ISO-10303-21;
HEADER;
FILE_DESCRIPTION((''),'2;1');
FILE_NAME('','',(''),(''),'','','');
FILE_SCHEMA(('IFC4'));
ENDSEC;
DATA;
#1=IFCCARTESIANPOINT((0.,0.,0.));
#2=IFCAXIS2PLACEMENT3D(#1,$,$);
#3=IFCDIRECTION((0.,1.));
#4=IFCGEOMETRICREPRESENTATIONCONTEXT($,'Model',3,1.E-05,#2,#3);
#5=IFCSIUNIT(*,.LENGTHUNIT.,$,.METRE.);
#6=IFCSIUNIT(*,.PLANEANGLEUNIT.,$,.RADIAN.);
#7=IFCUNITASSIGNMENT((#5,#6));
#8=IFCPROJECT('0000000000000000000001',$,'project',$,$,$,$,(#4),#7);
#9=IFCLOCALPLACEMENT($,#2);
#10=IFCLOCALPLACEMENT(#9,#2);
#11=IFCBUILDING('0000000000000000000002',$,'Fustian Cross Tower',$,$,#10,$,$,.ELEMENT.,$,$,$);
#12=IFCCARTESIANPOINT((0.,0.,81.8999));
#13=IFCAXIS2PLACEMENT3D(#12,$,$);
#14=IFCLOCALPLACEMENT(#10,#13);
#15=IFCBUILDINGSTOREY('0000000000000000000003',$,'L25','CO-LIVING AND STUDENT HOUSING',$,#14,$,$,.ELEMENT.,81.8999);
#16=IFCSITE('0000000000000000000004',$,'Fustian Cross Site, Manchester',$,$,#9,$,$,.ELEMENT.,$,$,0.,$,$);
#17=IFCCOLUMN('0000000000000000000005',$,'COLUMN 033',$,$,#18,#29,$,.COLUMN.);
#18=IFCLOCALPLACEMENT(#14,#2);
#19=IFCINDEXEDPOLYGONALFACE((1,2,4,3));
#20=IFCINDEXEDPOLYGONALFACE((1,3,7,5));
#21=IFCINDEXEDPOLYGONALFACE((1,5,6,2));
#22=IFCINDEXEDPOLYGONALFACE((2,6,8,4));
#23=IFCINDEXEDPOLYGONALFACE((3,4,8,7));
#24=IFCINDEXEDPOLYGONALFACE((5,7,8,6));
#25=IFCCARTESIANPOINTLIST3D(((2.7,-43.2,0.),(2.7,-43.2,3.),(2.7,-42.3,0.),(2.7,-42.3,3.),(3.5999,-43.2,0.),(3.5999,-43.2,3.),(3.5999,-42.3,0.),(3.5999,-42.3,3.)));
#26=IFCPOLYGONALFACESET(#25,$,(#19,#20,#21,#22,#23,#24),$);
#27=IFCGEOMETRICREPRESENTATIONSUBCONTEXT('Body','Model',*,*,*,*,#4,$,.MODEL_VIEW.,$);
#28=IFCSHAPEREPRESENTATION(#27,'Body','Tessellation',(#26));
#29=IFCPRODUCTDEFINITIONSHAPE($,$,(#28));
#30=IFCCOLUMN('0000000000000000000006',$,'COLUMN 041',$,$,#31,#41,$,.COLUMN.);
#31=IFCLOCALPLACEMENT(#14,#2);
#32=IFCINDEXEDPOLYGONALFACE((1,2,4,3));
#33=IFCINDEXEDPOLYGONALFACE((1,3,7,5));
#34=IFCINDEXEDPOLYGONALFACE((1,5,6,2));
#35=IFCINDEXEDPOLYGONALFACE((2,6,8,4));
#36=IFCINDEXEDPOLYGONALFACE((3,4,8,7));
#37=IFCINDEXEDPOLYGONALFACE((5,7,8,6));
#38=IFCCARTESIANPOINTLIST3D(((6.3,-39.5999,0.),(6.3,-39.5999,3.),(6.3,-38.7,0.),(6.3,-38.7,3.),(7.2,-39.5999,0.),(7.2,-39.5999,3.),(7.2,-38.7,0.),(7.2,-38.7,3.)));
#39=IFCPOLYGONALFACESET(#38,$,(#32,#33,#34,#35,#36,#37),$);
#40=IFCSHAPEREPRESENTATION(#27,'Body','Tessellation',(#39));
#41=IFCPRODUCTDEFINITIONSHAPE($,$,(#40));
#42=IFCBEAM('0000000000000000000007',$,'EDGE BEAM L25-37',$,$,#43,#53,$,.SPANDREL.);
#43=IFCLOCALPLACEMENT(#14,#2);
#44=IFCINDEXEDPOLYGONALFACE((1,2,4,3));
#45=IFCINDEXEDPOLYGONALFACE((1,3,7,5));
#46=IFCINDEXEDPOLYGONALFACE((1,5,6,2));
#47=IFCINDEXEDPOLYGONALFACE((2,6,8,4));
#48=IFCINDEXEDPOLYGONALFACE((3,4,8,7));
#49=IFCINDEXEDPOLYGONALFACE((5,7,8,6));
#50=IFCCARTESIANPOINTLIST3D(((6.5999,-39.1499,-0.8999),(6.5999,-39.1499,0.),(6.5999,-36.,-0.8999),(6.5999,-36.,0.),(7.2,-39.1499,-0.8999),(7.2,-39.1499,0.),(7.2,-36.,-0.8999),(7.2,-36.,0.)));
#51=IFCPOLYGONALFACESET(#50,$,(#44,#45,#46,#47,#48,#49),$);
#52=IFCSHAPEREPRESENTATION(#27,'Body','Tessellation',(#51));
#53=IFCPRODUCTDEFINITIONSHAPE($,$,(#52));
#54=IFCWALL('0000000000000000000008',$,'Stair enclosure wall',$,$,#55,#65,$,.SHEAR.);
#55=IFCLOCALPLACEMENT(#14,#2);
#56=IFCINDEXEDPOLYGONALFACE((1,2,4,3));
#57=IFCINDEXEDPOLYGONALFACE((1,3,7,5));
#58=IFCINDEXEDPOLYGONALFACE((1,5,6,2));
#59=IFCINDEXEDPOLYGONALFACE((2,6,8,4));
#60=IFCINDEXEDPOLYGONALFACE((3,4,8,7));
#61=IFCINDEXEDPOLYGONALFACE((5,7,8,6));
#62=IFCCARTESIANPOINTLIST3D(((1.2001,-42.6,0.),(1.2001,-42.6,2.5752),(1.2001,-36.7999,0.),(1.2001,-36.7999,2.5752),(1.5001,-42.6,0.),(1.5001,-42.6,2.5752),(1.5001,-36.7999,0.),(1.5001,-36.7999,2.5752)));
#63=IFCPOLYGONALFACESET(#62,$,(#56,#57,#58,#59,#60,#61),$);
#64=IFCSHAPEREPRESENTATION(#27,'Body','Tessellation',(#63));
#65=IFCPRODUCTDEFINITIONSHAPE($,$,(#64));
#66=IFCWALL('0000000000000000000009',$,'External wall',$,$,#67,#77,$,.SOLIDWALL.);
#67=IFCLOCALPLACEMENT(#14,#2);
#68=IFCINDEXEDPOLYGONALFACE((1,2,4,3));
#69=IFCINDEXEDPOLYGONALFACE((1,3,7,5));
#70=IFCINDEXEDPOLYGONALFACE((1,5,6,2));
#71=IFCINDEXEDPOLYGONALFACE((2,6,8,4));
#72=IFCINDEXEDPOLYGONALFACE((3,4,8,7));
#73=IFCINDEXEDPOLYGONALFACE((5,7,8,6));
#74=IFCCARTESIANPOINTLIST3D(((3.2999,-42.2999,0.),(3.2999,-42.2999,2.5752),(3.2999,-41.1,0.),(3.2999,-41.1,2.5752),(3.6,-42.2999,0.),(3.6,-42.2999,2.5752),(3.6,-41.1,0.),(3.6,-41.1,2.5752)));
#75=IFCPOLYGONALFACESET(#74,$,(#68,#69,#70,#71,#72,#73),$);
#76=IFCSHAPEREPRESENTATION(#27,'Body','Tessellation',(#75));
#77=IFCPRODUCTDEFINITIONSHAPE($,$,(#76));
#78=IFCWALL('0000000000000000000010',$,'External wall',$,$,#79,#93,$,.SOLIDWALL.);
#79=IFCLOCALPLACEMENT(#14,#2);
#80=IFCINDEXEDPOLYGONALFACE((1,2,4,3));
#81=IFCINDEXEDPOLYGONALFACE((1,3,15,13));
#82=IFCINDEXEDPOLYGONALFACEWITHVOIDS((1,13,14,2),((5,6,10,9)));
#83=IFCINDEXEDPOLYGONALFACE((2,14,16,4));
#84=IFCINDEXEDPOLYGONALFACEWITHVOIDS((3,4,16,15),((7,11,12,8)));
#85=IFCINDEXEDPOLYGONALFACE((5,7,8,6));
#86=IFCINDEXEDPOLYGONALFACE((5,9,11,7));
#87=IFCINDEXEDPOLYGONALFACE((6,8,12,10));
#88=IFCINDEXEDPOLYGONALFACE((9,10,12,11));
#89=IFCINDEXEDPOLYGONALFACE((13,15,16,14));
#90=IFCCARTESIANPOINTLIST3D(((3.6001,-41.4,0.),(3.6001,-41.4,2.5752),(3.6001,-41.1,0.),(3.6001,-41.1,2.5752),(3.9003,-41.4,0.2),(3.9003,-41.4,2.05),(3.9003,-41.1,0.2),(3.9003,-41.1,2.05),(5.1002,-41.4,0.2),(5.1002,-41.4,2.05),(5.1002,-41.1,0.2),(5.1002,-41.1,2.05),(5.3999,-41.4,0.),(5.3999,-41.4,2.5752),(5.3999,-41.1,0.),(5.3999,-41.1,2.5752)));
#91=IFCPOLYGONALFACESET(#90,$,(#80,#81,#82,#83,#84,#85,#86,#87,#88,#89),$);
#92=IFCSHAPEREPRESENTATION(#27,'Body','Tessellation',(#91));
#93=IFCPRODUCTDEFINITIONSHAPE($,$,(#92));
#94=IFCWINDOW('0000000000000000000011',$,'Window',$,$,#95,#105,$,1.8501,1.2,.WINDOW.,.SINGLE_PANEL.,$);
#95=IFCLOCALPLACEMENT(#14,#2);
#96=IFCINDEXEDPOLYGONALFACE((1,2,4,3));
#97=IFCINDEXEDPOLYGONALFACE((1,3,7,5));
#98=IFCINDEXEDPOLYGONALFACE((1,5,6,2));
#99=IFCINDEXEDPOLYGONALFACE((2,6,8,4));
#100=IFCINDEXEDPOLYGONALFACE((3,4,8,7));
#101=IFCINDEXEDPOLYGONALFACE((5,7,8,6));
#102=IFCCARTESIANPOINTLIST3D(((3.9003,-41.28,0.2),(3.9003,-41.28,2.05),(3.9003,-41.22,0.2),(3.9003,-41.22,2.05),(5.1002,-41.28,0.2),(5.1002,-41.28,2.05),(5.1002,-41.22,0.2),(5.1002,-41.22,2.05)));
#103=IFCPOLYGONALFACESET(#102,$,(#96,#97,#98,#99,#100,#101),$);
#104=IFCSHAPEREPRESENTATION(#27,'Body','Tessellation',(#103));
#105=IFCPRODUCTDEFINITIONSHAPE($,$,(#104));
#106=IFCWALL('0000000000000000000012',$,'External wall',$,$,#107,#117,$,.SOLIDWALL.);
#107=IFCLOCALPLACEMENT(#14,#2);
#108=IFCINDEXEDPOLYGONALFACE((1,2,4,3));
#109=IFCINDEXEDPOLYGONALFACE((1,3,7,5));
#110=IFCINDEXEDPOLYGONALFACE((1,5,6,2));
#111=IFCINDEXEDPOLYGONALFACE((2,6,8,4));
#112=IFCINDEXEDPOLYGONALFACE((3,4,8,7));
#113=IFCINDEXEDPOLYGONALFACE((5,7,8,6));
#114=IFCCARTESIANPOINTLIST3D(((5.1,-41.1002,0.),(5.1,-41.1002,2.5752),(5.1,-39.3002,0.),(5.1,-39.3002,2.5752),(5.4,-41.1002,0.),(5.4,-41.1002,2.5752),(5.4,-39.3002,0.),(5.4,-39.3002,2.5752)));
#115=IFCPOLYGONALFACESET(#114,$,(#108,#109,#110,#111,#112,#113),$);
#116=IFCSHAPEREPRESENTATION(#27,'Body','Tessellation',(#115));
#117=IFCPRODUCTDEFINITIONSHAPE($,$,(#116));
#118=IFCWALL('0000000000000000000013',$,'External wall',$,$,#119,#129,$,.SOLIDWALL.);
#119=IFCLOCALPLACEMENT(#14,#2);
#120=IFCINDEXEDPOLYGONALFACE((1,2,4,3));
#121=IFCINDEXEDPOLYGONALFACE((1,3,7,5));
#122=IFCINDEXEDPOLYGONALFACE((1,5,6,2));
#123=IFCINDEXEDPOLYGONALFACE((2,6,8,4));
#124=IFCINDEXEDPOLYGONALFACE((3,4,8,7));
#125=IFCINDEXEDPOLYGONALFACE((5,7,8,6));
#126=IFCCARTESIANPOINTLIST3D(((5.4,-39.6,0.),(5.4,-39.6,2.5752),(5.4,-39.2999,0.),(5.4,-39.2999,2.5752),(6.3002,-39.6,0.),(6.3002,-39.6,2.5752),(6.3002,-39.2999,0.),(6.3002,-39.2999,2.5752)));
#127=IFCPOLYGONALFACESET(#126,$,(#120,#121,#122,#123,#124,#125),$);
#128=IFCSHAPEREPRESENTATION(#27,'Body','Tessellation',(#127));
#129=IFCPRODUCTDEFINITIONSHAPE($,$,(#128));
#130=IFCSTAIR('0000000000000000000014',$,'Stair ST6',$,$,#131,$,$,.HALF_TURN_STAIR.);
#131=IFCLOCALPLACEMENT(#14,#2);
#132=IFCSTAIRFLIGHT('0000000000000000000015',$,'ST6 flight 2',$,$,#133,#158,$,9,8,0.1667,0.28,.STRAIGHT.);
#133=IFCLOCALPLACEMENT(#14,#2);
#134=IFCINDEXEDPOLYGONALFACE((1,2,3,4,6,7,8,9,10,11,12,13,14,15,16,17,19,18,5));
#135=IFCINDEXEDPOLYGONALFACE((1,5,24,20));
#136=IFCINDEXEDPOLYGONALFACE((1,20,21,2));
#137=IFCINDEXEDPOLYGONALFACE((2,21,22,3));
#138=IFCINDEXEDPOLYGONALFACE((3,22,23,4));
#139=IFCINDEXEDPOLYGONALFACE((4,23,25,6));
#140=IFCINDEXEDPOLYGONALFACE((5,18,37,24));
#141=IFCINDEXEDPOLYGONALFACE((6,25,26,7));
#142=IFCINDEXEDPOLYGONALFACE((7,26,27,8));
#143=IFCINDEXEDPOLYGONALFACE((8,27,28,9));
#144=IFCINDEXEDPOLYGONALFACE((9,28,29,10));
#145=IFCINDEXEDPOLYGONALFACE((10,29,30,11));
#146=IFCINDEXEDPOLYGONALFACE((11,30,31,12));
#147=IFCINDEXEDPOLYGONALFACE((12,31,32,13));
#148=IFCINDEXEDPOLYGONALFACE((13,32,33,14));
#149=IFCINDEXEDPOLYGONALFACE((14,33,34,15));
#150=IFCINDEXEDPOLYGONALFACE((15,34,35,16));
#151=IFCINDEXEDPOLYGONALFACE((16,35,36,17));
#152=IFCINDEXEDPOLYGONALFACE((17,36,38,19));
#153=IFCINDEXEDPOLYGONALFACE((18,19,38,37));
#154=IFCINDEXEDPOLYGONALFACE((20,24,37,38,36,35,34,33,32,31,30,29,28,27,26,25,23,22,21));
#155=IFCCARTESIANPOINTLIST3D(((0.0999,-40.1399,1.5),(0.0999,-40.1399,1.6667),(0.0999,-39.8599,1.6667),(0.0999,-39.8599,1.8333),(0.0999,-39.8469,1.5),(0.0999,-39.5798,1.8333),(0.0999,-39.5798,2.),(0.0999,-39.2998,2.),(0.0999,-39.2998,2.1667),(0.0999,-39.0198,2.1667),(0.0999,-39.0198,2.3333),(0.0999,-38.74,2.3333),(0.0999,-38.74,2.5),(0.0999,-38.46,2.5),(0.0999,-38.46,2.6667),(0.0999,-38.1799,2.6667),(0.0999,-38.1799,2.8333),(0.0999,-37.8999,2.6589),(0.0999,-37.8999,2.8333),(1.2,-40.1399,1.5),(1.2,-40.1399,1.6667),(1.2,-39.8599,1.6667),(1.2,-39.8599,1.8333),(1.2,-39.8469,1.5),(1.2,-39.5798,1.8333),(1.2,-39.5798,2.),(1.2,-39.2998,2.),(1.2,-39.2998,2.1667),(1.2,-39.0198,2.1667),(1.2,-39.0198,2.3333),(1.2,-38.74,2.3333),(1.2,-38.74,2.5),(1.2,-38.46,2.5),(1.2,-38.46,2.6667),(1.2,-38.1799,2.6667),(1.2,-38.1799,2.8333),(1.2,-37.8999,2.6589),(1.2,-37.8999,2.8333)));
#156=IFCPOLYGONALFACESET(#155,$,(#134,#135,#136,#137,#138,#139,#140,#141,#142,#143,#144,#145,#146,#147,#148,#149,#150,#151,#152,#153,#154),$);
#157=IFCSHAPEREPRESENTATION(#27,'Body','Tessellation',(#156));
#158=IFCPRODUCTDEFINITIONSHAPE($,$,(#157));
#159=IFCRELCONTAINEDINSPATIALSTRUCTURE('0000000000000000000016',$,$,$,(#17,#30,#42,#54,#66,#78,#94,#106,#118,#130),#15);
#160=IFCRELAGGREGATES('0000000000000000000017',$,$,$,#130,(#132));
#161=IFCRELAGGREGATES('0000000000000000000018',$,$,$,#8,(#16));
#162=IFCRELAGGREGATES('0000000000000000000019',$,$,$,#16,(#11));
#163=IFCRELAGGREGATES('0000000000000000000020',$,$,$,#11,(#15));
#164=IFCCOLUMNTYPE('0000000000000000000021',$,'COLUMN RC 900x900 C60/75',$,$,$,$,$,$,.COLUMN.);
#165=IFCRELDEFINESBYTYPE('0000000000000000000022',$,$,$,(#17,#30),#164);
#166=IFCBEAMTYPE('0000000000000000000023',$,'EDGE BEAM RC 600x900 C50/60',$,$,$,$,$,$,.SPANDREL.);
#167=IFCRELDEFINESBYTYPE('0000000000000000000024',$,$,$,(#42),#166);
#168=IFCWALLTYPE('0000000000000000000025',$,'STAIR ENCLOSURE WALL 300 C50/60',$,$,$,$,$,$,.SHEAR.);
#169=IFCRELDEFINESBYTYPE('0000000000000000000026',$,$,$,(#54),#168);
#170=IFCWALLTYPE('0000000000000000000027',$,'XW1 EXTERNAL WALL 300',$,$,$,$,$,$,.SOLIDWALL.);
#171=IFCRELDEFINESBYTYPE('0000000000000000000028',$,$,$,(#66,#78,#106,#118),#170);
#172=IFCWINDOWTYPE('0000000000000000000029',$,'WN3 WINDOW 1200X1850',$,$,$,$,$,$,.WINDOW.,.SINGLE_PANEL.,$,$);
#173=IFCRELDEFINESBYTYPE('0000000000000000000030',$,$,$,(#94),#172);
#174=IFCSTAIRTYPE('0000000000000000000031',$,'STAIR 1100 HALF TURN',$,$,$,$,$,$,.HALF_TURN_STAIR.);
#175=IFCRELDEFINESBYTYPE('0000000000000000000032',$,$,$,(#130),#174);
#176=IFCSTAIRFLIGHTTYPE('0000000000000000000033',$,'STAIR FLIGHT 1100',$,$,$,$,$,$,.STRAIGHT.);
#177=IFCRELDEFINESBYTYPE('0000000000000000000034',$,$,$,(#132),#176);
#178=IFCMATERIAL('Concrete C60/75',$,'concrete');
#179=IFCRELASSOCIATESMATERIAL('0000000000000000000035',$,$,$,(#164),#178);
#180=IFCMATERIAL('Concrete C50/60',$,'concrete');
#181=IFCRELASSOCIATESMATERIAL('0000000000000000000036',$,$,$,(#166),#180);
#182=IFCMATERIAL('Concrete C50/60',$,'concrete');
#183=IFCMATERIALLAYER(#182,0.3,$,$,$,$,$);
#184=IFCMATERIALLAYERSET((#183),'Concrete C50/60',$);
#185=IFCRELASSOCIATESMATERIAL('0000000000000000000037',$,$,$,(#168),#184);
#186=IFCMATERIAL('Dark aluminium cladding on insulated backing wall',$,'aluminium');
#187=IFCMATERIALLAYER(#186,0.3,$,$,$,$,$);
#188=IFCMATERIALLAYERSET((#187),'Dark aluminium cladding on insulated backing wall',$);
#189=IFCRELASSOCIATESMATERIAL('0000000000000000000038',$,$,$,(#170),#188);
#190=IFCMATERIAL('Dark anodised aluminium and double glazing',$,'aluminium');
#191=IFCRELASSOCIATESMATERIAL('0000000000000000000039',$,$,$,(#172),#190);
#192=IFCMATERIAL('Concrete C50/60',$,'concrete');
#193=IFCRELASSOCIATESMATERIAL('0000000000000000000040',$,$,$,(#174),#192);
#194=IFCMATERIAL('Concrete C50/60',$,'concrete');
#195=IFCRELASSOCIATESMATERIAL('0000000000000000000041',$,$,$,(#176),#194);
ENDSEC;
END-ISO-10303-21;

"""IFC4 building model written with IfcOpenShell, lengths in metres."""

from ifc_helpers import new_model, si_unit, direction, frame, frame_2d, origin, origin_2d, place, context, subcontext, project, spatial, polyline, rectangle, outline, extrude, material, layer, layer_set, material_profile, profile_set, type_object, element, fill, aggregate, save


model = new_model("IFC4")

# Units and contexts
model_context = context("Model", 3, precision=1e-05, world=origin(), true_north=direction((0.0, 1.0)))
body_context = subcontext(model_context, "Body", "Model", "MODEL_VIEW")
ifc_project = project(units=[si_unit("LENGTHUNIT", "METRE"), si_unit("PLANEANGLEUNIT", "RADIAN")], contexts=[model_context])

# Site, building, storey
site_placement = place(None, origin())
site = spatial("IfcSite", under=ifc_project, at=site_placement, Name="Fustian Cross Site, Manchester", CompositionType="ELEMENT", RefElevation=0.0)
building_placement = place(site_placement, origin())
building = spatial("IfcBuilding", under=site, at=building_placement, Name="Fustian Cross Tower", CompositionType="ELEMENT")
storey_placement = place(building_placement, frame((0.0, 0.0, 81.8999)))
storey = spatial("IfcBuildingStorey", under=building, at=storey_placement, Name="L25", Description="CO-LIVING AND STUDENT HOUSING", CompositionType="ELEMENT", Elevation=81.8999)

# Columns
ifc_material_1 = material(Name="Concrete C60/75", Category="concrete")
ifc_material_profile_1 = material_profile(ifc_material_1, rectangle(XDim=0.8999, YDim=0.8999, at=origin_2d()), Name="RC 900x900")
ifc_profile_set_1 = profile_set([ifc_material_profile_1], Name="Concrete C60/75")
column_type = type_object("IfcColumnType", Name="COLUMN RC 900x900 C60/75", PredefinedType="COLUMN", material=ifc_profile_set_1)
for number, where, z_axis, x_axis, name in (
    (1, (3.1499, -42.75, 0.0), (0.0, 0.0, 1.0), (1.0, 0.0, 0.0), "COLUMN 033"),
    (2, (6.75, -39.1499, 0.0), (0.0, 0.0, 1.0), (1.0, 0.0, 0.0), "COLUMN 041"),
):
    element("IfcColumn", number, at=place(storey_placement, frame(where, z_axis=z_axis, x_axis=x_axis)), inside=storey, type_object=column_type, Name=name, PredefinedType="COLUMN", context=body_context, shape_type="SweptSolid", body=[
        extrude(rectangle(XDim=0.8999, YDim=0.8999, at=origin_2d()), origin(), (0.0, 0.0, 1.0), 3.0),
    ])

# Beam
ifc_material_2 = material(Name="Concrete C50/60", Category="concrete")
ifc_material_profile_2 = material_profile(ifc_material_2, rectangle(XDim=0.6001, YDim=0.8999, at=origin_2d()), Name="RC 600x900")
ifc_profile_set_2 = profile_set([ifc_material_profile_2], Name="Concrete C50/60")
beam_type = type_object("IfcBeamType", Name="EDGE BEAM RC 600x900 C50/60", PredefinedType="SPANDREL", material=ifc_profile_set_2)
beam_placement = place(storey_placement, frame((6.8999, -39.1499, -0.45), z_axis=(0.0, 1.0, 0.0), x_axis=(-1.0, 0.0, 0.0)))
element("IfcBeam", 3, at=beam_placement, inside=storey, type_object=beam_type, Name="EDGE BEAM L25-37", PredefinedType="SPANDREL", context=body_context, shape_type="SweptSolid", body=[
    extrude(rectangle(XDim=0.6001, YDim=0.8999, at=origin_2d()), origin(), (0.0, 0.0, 1.0), 3.1499),
])

# Walls
ifc_material_3 = material(Name="Concrete C50/60", Category="concrete")
ifc_layer_1 = layer(ifc_material_3, 0.3)
ifc_layer_set_1 = layer_set([ifc_layer_1], Name="Concrete C50/60")
wall_type_1 = type_object("IfcWallType", Name="STAIR ENCLOSURE WALL 300 C50/60", PredefinedType="SHEAR", material=ifc_layer_set_1)
wall_1_placement = place(storey_placement, frame((1.3501, -36.8, 0.0), z_axis=(0.0, 0.0, 1.0), x_axis=(0.0, -1.0, 0.0)))
element("IfcWall", 4, at=wall_1_placement, inside=storey, type_object=wall_type_1, Name="Stair enclosure wall", PredefinedType="SHEAR", context=body_context, shape_type="SweptSolid", body=[
    extrude(rectangle(XDim=5.8, YDim=0.3, at=frame_2d((2.8999, 0.0))), origin(), (0.0, 0.0, 1.0), 2.5752),
])
ifc_material_4 = material(Name="Dark aluminium cladding on insulated backing wall", Category="aluminium")
ifc_layer_2 = layer(ifc_material_4, 0.3)
ifc_layer_set_2 = layer_set([ifc_layer_2], Name="Dark aluminium cladding on insulated backing wall")
wall_type_2 = type_object("IfcWallType", Name="XW1 EXTERNAL WALL 300", PredefinedType="SOLIDWALL", material=ifc_layer_set_2)
wall_2_placement = place(storey_placement, frame((3.45, -42.3, 0.0), z_axis=(0.0, 0.0, 1.0), x_axis=(0.0, 1.0, 0.0)))
element("IfcWall", 5, at=wall_2_placement, inside=storey, type_object=wall_type_2, Name="External wall", PredefinedType="SOLIDWALL", context=body_context, shape_type="SweptSolid", body=[
    extrude(rectangle(XDim=1.2, YDim=0.3, at=frame_2d((0.6001, 0.0))), origin(), (0.0, 0.0, 1.0), 2.5752),
])

# Wall, opening, window
wall_3_placement = place(storey_placement, frame((3.6001, -41.25, 0.0), z_axis=(0.0, 0.0, 1.0), x_axis=(1.0, 0.0, 0.0)))
wall_3 = element("IfcWall", 6, at=wall_3_placement, inside=storey, type_object=wall_type_2, Name="External wall", PredefinedType="SOLIDWALL", context=body_context, shape_type="SweptSolid", body=[
    extrude(rectangle(XDim=1.7998, YDim=0.3, at=frame_2d((0.8999, 0.0))), origin(), (0.0, 0.0, 1.0), 2.5752),
])
opening_1_placement = place(wall_3_placement, frame((0.3, 0.0, 0.2)))
opening_1 = element("IfcOpeningElement", 7, at=opening_1_placement, cuts=wall_3, PredefinedType="OPENING", context=body_context, shape_type="SweptSolid", body=[
    extrude(rectangle(XDim=1.2, YDim=1.8501, at=frame_2d((0.6001, 0.925))), frame((0.0, 0.1599, 0.0), z_axis=(0.0, -1.0, 0.0), x_axis=(1.0, 0.0, 0.0)), (0.0, 0.0, 1.0), 0.3201),
])
ifc_material_5 = material(Name="Dark anodised aluminium and double glazing", Category="aluminium")
window_type = type_object("IfcWindowType", Name="WN3 WINDOW 1200X1850", PartitioningType="SINGLE_PANEL", PredefinedType="WINDOW", material=ifc_material_5)
window_placement = place(opening_1_placement, origin())
window = element("IfcWindow", 8, at=window_placement, inside=storey, type_object=window_type, Name="Window", OverallHeight=1.8501, OverallWidth=1.2, PartitioningType="SINGLE_PANEL", PredefinedType="WINDOW", context=body_context, shape_type="SweptSolid", body=[
    extrude(rectangle(XDim=1.2, YDim=1.8501, at=frame_2d((0.6001, 0.925))), frame((0.0, 0.03, 0.0), z_axis=(0.0, -1.0, 0.0), x_axis=(1.0, 0.0, 0.0)), (0.0, 0.0, 1.0), 0.0601),
])
fill(opening_1, window)

# Walls
wall_4_placement = place(storey_placement, frame((5.25, -41.1001, 0.0), z_axis=(0.0, 0.0, 1.0), x_axis=(0.0, 1.0, 0.0)))
element("IfcWall", 9, at=wall_4_placement, inside=storey, type_object=wall_type_2, Name="External wall", PredefinedType="SOLIDWALL", context=body_context, shape_type="SweptSolid", body=[
    extrude(rectangle(XDim=1.8, YDim=0.3, at=frame_2d((0.8999, 0.0))), origin(), (0.0, 0.0, 1.0), 2.5752),
])
wall_5_placement = place(storey_placement, frame((5.3999, -39.45, 0.0), z_axis=(0.0, 0.0, 1.0), x_axis=(1.0, 0.0, 0.0)))
element("IfcWall", 10, at=wall_5_placement, inside=storey, type_object=wall_type_2, Name="External wall", PredefinedType="SOLIDWALL", context=body_context, shape_type="SweptSolid", body=[
    extrude(rectangle(XDim=0.9001, YDim=0.3, at=frame_2d((0.4502, 0.0))), origin(), (0.0, 0.0, 1.0), 2.5752),
])

# Stair, stair flight
ifc_material_6 = material(Name="Concrete C50/60", Category="concrete")
stair_type = type_object("IfcStairType", Name="STAIR 1100 HALF TURN", PredefinedType="HALF_TURN_STAIR", material=ifc_material_6)
stair_placement = place(storey_placement, origin())
stair = element("IfcStair", 11, at=stair_placement, inside=storey, type_object=stair_type, Name="Stair ST6", PredefinedType="HALF_TURN_STAIR")
ifc_material_7 = material(Name="Concrete C50/60", Category="concrete")
stair_flight_type = type_object("IfcStairFlightType", Name="STAIR FLIGHT 1100", PredefinedType="STRAIGHT", material=ifc_material_7)
stair_flight_placement = place(storey_placement, frame((0.6499, -40.1399, 1.5), z_axis=(0.0, 0.0, 1.0), x_axis=(0.0, 1.0, 0.0)))
stair_flight = element("IfcStairFlight", 12, at=stair_flight_placement, type_object=stair_flight_type, Name="ST6 flight 2", NumberOfRisers=9, NumberOfTreads=8, PredefinedType="STRAIGHT", RiserHeight=0.1667, TreadLength=0.28, context=body_context, shape_type="SweptSolid", body=[
    extrude(outline(polyline([(0.0, 0.0), (0.0, 0.1667), (0.28, 0.1667), (0.28, 0.3333), (0.5601, 0.3333), (0.5601, 0.5), (0.8401, 0.5), (0.8401, 0.6667), (1.1201, 0.6667), (1.1201, 0.8333), (1.3999, 0.8333), (1.3999, 1.0), (1.6799, 1.0), (1.6799, 1.1667), (1.96, 1.1667), (1.96, 1.3333), (2.24, 1.3333), (2.24, 1.5), (2.24, 1.1589), (0.293, 0.0), (0.0, 0.0)])), frame((0.0, 0.55, 0.0), z_axis=(0.0, -1.0, 0.0), x_axis=(1.0, 0.0, 0.0)), (0.0, 0.0, 1.0), 1.1001),
])
aggregate(stair, [stair_flight])

save(model, "model.ifc")
